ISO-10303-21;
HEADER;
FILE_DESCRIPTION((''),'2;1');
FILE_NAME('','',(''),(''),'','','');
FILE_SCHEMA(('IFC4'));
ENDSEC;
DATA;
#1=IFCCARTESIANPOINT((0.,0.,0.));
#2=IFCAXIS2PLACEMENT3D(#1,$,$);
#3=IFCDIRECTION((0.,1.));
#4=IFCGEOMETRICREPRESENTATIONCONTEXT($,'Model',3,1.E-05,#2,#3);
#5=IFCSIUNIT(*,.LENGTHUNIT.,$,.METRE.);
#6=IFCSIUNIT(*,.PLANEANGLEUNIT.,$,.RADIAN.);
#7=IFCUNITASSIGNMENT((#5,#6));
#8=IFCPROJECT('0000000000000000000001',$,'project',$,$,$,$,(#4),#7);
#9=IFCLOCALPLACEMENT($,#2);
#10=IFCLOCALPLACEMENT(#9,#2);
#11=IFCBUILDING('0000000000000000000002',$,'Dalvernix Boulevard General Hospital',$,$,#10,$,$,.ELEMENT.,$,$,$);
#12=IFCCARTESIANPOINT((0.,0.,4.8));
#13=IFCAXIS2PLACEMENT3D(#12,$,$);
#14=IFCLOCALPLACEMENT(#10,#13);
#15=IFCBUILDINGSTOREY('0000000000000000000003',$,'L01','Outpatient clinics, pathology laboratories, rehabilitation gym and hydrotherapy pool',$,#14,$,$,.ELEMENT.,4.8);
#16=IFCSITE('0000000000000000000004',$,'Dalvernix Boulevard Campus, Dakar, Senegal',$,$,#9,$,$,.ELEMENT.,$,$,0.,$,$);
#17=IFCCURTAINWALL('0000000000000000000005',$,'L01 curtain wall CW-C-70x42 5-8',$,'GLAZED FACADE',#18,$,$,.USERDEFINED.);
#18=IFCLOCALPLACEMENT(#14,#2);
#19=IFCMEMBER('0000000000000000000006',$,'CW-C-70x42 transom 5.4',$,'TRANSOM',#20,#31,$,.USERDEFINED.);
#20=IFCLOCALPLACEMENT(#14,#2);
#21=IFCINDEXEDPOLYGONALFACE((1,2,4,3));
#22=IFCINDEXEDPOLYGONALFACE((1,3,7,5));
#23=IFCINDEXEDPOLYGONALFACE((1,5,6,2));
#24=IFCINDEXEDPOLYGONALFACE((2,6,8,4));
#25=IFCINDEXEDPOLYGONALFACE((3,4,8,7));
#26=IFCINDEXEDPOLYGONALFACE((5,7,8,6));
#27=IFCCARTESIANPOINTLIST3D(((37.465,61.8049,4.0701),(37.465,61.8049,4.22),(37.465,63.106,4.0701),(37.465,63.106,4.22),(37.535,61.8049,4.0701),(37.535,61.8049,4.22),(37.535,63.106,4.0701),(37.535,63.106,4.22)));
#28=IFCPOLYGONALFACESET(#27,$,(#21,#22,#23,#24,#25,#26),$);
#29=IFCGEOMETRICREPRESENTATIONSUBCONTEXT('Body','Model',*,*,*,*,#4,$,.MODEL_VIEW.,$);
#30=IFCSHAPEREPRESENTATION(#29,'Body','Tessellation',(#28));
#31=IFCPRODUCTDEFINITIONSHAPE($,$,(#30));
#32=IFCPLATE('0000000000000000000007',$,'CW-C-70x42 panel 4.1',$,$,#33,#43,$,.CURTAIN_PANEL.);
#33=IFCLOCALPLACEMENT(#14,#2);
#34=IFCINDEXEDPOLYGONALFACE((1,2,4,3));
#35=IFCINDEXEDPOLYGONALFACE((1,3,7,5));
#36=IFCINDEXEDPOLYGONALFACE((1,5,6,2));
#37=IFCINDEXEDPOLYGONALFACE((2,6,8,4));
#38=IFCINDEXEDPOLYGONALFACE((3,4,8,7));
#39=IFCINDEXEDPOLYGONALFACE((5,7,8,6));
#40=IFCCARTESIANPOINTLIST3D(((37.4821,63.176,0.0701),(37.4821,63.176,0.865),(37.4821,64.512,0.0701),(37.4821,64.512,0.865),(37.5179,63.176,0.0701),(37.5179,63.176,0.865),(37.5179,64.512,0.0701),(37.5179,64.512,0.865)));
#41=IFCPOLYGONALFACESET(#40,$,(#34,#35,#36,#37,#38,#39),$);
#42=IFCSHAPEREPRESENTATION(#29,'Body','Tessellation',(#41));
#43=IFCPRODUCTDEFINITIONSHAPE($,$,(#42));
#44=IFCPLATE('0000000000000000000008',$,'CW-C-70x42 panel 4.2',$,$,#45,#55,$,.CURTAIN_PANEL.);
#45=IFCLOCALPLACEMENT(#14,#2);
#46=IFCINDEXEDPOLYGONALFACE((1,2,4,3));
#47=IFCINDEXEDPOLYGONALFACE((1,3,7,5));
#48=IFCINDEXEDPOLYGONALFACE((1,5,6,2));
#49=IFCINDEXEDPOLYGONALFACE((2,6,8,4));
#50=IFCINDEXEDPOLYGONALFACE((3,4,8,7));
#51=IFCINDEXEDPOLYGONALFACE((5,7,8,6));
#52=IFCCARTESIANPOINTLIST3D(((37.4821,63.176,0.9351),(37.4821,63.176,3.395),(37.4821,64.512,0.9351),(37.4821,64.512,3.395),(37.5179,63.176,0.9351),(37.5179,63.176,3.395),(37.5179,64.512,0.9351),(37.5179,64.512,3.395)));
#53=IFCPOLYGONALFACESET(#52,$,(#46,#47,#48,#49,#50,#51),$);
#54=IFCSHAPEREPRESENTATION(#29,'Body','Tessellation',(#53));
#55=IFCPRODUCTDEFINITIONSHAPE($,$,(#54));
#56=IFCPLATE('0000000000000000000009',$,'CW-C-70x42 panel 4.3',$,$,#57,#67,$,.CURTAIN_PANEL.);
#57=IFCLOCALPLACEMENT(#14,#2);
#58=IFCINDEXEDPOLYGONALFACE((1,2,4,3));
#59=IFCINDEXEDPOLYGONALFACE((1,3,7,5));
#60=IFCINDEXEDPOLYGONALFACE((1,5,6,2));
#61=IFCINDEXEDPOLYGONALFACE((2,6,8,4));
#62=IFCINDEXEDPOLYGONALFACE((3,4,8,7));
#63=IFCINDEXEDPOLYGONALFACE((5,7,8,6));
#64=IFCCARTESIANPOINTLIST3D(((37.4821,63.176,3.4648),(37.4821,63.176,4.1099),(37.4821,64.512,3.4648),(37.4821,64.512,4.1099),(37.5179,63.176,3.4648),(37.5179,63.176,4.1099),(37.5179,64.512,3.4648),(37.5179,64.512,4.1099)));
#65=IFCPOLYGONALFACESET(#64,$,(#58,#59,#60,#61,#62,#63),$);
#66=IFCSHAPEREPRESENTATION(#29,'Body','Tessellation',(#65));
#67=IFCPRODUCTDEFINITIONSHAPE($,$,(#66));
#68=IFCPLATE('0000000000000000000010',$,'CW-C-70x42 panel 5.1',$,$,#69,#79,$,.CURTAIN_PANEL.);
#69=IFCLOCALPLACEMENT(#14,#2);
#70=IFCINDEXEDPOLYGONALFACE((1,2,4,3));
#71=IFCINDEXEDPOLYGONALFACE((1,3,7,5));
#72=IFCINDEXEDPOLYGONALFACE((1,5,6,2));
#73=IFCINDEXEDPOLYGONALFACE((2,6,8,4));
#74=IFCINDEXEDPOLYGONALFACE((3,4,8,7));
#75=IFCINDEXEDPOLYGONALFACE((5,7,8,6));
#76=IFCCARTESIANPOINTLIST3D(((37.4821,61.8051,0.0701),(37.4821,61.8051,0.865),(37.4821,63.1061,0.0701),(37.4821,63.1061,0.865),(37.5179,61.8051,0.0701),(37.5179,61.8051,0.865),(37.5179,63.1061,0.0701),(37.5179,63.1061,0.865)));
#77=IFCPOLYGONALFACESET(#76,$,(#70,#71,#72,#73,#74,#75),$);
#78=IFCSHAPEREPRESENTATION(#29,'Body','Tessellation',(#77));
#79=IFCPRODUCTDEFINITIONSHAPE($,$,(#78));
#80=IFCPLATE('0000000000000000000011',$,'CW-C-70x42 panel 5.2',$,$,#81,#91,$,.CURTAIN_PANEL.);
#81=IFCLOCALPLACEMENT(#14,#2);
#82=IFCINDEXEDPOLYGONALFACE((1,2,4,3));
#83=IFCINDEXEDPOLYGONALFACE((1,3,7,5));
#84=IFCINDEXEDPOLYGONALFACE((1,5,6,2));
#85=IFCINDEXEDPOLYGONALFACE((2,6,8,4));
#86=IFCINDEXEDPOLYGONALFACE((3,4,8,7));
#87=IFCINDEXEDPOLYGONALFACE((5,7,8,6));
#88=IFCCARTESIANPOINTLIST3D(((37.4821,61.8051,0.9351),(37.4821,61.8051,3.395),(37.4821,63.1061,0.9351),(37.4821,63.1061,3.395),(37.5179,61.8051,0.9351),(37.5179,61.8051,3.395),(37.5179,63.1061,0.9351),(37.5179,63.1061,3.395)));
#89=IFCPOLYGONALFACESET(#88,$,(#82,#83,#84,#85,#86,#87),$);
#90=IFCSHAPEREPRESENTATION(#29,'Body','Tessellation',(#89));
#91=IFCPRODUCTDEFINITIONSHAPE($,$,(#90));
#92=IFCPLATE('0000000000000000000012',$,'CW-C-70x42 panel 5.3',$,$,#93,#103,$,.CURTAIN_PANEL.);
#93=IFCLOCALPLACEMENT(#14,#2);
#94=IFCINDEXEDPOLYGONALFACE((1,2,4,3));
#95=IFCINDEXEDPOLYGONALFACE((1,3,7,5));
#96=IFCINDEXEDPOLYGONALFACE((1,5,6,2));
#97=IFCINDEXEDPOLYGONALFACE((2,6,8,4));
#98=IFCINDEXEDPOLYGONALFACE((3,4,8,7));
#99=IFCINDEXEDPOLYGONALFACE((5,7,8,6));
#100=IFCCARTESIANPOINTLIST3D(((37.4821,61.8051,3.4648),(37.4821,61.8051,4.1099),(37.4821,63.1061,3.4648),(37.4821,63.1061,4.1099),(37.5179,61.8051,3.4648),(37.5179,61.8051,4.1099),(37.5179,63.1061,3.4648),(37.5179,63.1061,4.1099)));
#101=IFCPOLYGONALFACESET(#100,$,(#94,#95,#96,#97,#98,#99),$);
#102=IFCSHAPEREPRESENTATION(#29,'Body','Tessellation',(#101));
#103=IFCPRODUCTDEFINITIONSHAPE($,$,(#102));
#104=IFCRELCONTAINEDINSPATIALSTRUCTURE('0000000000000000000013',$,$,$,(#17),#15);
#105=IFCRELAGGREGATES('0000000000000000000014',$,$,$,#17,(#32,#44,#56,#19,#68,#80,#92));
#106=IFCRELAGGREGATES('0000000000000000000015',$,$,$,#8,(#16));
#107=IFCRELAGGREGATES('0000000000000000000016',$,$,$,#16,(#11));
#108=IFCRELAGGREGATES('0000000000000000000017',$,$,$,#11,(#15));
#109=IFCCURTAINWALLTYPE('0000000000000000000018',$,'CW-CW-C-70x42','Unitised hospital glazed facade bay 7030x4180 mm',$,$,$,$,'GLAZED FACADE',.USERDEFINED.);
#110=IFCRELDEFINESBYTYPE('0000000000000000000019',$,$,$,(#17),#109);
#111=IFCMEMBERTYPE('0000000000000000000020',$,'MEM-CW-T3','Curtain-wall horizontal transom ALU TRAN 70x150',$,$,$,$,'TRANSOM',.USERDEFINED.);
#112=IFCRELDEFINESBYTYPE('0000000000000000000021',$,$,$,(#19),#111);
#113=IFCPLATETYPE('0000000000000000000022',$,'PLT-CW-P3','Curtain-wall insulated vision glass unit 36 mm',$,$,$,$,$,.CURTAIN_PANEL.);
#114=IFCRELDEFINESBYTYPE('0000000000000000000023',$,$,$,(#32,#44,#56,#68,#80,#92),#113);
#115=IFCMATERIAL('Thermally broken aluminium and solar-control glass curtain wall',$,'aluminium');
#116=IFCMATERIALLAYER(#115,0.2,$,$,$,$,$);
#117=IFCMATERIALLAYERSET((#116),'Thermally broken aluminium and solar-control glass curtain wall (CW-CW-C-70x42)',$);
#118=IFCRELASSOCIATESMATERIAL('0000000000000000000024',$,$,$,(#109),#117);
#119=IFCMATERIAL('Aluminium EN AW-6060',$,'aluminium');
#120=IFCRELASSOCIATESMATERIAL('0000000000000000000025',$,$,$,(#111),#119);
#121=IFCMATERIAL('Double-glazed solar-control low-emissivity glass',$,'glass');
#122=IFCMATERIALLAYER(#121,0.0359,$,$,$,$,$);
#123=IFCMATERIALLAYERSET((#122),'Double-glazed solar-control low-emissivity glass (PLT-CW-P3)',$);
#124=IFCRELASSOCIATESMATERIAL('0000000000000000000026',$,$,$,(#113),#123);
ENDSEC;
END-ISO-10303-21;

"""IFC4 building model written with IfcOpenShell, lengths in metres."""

from ifc_helpers import new_model, si_unit, direction, frame, origin, origin_2d, place, context, subcontext, project, spatial, rectangle, extrude, material, layer, layer_set, material_profile, profile_set, type_object, element, aggregate, save


model = new_model("IFC4")

# Units and contexts
model_context = context("Model", 3, precision=1e-05, world=origin(), true_north=direction((0.0, 1.0)))
body_context = subcontext(model_context, "Body", "Model", "MODEL_VIEW")
ifc_project = project(units=[si_unit("LENGTHUNIT", "METRE"), si_unit("PLANEANGLEUNIT", "RADIAN")], contexts=[model_context])

# Site, building, storey
site_placement = place(None, origin())
site = spatial("IfcSite", under=ifc_project, at=site_placement, Name="Dalvernix Boulevard Campus, Dakar, Senegal", CompositionType="ELEMENT", RefElevation=0.0)
building_placement = place(site_placement, origin())
building = spatial("IfcBuilding", under=site, at=building_placement, Name="Dalvernix Boulevard General Hospital", CompositionType="ELEMENT")
storey_placement = place(building_placement, frame((0.0, 0.0, 4.8)))
storey = spatial("IfcBuildingStorey", under=building, at=storey_placement, Name="L01", Description="Outpatient clinics, pathology laboratories, rehabilitation gym and hydrotherapy pool", CompositionType="ELEMENT", Elevation=4.8)

# Shared definitions
ifc_material_1 = material(Name="Thermally broken aluminium and solar-control glass curtain wall", Category="aluminium")
ifc_material_2 = material(Name="Aluminium EN AW-6060", Category="aluminium")

# Curtain wall
ifc_layer_1 = layer(ifc_material_1, 0.2)
ifc_layer_set_1 = layer_set([ifc_layer_1], Name="Thermally broken aluminium and solar-control glass curtain wall (CW-CW-C-70x42)")
curtain_wall_type_1 = type_object("IfcCurtainWallType", Name="CW-CW-C-70x42", Description="Unitised hospital glazed facade bay 7030x4180 mm", ElementType="GLAZED FACADE", PredefinedType="USERDEFINED", material=ifc_layer_set_1)
curtain_wall_1_placement = place(storey_placement, origin())
curtain_wall_1 = element("IfcCurtainWall", 1, at=curtain_wall_1_placement, inside=storey, type_object=curtain_wall_type_1, Name="L01 curtain wall CW-C-70x42 5-8", ObjectType="GLAZED FACADE", PredefinedType="USERDEFINED")

# Member
ifc_material_profile_1 = material_profile(ifc_material_2, rectangle(XDim=0.0701, YDim=0.1499, at=origin_2d()), Name="ALU TRAN 70x150")
ifc_profile_set_1 = profile_set([ifc_material_profile_1], Name="Aluminium EN AW-6060")
member_type_1 = type_object("IfcMemberType", Name="MEM-CW-T3", Description="Curtain-wall horizontal transom ALU TRAN 70x150", ElementType="TRANSOM", PredefinedType="USERDEFINED", material=ifc_profile_set_1)
member_1_placement = place(storey_placement, frame((37.5, 63.106, 4.145), z_axis=(0.0, -1.0, 0.0), x_axis=(1.0, 0.0, 0.0)))
member_1 = element("IfcMember", 2, at=member_1_placement, type_object=member_type_1, Name="CW-C-70x42 transom 5.4", ObjectType="TRANSOM", PredefinedType="USERDEFINED", context=body_context, shape_type="SweptSolid", body=[
    extrude(rectangle(XDim=0.0701, YDim=0.1499, at=origin_2d()), origin(), (0.0, 0.0, 1.0), 1.301),
])

# Plates
ifc_material_3 = material(Name="Double-glazed solar-control low-emissivity glass", Category="glass")
ifc_layer_2 = layer(ifc_material_3, 0.0359)
ifc_layer_set_2 = layer_set([ifc_layer_2], Name="Double-glazed solar-control low-emissivity glass (PLT-CW-P3)")
plate_type = type_object("IfcPlateType", Name="PLT-CW-P3", Description="Curtain-wall insulated vision glass unit 36 mm", PredefinedType="CURTAIN_PANEL", material=ifc_layer_set_2)
plate_1_placement = place(storey_placement, frame((37.5, 63.844, 0.0701), z_axis=(0.0, 0.0, 1.0), x_axis=(0.0, -1.0, 0.0)))
plate_1 = element("IfcPlate", 3, at=plate_1_placement, type_object=plate_type, Name="CW-C-70x42 panel 4.1", PredefinedType="CURTAIN_PANEL", context=body_context, shape_type="SweptSolid", body=[
    extrude(rectangle(XDim=1.3359, YDim=0.0359, at=origin_2d()), origin(), (0.0, 0.0, 1.0), 0.7949),
])
plate_2_placement = place(storey_placement, frame((37.5, 63.844, 0.9351), z_axis=(0.0, 0.0, 1.0), x_axis=(0.0, -1.0, 0.0)))
plate_2 = element("IfcPlate", 4, at=plate_2_placement, type_object=plate_type, Name="CW-C-70x42 panel 4.2", PredefinedType="CURTAIN_PANEL", context=body_context, shape_type="SweptSolid", body=[
    extrude(rectangle(XDim=1.3359, YDim=0.0359, at=origin_2d()), origin(), (0.0, 0.0, 1.0), 2.46),
])
plate_3_placement = place(storey_placement, frame((37.5, 63.844, 3.4648), z_axis=(0.0, 0.0, 1.0), x_axis=(0.0, -1.0, 0.0)))
plate_3 = element("IfcPlate", 5, at=plate_3_placement, type_object=plate_type, Name="CW-C-70x42 panel 4.3", PredefinedType="CURTAIN_PANEL", context=body_context, shape_type="SweptSolid", body=[
    extrude(rectangle(XDim=1.3359, YDim=0.0359, at=origin_2d()), origin(), (0.0, 0.0, 1.0), 0.645),
])
plate_4_placement = place(storey_placement, frame((37.5, 62.4556, 0.0701), z_axis=(0.0, 0.0, 1.0), x_axis=(0.0, -1.0, 0.0)))
plate_4 = element("IfcPlate", 6, at=plate_4_placement, type_object=plate_type, Name="CW-C-70x42 panel 5.1", PredefinedType="CURTAIN_PANEL", context=body_context, shape_type="SweptSolid", body=[
    extrude(rectangle(XDim=1.301, YDim=0.0359, at=origin_2d()), origin(), (0.0, 0.0, 1.0), 0.7949),
])
plate_5_placement = place(storey_placement, frame((37.5, 62.4556, 0.9351), z_axis=(0.0, 0.0, 1.0), x_axis=(0.0, -1.0, 0.0)))
plate_5 = element("IfcPlate", 7, at=plate_5_placement, type_object=plate_type, Name="CW-C-70x42 panel 5.2", PredefinedType="CURTAIN_PANEL", context=body_context, shape_type="SweptSolid", body=[
    extrude(rectangle(XDim=1.301, YDim=0.0359, at=origin_2d()), origin(), (0.0, 0.0, 1.0), 2.46),
])
plate_6_placement = place(storey_placement, frame((37.5, 62.4556, 3.4648), z_axis=(0.0, 0.0, 1.0), x_axis=(0.0, -1.0, 0.0)))
plate_6 = element("IfcPlate", 8, at=plate_6_placement, type_object=plate_type, Name="CW-C-70x42 panel 5.3", PredefinedType="CURTAIN_PANEL", context=body_context, shape_type="SweptSolid", body=[
    extrude(rectangle(XDim=1.301, YDim=0.0359, at=origin_2d()), origin(), (0.0, 0.0, 1.0), 0.645),
])
aggregate(curtain_wall_1, [plate_1, plate_2, plate_3, member_1, plate_4, plate_5, plate_6])

save(model, "model.ifc")
